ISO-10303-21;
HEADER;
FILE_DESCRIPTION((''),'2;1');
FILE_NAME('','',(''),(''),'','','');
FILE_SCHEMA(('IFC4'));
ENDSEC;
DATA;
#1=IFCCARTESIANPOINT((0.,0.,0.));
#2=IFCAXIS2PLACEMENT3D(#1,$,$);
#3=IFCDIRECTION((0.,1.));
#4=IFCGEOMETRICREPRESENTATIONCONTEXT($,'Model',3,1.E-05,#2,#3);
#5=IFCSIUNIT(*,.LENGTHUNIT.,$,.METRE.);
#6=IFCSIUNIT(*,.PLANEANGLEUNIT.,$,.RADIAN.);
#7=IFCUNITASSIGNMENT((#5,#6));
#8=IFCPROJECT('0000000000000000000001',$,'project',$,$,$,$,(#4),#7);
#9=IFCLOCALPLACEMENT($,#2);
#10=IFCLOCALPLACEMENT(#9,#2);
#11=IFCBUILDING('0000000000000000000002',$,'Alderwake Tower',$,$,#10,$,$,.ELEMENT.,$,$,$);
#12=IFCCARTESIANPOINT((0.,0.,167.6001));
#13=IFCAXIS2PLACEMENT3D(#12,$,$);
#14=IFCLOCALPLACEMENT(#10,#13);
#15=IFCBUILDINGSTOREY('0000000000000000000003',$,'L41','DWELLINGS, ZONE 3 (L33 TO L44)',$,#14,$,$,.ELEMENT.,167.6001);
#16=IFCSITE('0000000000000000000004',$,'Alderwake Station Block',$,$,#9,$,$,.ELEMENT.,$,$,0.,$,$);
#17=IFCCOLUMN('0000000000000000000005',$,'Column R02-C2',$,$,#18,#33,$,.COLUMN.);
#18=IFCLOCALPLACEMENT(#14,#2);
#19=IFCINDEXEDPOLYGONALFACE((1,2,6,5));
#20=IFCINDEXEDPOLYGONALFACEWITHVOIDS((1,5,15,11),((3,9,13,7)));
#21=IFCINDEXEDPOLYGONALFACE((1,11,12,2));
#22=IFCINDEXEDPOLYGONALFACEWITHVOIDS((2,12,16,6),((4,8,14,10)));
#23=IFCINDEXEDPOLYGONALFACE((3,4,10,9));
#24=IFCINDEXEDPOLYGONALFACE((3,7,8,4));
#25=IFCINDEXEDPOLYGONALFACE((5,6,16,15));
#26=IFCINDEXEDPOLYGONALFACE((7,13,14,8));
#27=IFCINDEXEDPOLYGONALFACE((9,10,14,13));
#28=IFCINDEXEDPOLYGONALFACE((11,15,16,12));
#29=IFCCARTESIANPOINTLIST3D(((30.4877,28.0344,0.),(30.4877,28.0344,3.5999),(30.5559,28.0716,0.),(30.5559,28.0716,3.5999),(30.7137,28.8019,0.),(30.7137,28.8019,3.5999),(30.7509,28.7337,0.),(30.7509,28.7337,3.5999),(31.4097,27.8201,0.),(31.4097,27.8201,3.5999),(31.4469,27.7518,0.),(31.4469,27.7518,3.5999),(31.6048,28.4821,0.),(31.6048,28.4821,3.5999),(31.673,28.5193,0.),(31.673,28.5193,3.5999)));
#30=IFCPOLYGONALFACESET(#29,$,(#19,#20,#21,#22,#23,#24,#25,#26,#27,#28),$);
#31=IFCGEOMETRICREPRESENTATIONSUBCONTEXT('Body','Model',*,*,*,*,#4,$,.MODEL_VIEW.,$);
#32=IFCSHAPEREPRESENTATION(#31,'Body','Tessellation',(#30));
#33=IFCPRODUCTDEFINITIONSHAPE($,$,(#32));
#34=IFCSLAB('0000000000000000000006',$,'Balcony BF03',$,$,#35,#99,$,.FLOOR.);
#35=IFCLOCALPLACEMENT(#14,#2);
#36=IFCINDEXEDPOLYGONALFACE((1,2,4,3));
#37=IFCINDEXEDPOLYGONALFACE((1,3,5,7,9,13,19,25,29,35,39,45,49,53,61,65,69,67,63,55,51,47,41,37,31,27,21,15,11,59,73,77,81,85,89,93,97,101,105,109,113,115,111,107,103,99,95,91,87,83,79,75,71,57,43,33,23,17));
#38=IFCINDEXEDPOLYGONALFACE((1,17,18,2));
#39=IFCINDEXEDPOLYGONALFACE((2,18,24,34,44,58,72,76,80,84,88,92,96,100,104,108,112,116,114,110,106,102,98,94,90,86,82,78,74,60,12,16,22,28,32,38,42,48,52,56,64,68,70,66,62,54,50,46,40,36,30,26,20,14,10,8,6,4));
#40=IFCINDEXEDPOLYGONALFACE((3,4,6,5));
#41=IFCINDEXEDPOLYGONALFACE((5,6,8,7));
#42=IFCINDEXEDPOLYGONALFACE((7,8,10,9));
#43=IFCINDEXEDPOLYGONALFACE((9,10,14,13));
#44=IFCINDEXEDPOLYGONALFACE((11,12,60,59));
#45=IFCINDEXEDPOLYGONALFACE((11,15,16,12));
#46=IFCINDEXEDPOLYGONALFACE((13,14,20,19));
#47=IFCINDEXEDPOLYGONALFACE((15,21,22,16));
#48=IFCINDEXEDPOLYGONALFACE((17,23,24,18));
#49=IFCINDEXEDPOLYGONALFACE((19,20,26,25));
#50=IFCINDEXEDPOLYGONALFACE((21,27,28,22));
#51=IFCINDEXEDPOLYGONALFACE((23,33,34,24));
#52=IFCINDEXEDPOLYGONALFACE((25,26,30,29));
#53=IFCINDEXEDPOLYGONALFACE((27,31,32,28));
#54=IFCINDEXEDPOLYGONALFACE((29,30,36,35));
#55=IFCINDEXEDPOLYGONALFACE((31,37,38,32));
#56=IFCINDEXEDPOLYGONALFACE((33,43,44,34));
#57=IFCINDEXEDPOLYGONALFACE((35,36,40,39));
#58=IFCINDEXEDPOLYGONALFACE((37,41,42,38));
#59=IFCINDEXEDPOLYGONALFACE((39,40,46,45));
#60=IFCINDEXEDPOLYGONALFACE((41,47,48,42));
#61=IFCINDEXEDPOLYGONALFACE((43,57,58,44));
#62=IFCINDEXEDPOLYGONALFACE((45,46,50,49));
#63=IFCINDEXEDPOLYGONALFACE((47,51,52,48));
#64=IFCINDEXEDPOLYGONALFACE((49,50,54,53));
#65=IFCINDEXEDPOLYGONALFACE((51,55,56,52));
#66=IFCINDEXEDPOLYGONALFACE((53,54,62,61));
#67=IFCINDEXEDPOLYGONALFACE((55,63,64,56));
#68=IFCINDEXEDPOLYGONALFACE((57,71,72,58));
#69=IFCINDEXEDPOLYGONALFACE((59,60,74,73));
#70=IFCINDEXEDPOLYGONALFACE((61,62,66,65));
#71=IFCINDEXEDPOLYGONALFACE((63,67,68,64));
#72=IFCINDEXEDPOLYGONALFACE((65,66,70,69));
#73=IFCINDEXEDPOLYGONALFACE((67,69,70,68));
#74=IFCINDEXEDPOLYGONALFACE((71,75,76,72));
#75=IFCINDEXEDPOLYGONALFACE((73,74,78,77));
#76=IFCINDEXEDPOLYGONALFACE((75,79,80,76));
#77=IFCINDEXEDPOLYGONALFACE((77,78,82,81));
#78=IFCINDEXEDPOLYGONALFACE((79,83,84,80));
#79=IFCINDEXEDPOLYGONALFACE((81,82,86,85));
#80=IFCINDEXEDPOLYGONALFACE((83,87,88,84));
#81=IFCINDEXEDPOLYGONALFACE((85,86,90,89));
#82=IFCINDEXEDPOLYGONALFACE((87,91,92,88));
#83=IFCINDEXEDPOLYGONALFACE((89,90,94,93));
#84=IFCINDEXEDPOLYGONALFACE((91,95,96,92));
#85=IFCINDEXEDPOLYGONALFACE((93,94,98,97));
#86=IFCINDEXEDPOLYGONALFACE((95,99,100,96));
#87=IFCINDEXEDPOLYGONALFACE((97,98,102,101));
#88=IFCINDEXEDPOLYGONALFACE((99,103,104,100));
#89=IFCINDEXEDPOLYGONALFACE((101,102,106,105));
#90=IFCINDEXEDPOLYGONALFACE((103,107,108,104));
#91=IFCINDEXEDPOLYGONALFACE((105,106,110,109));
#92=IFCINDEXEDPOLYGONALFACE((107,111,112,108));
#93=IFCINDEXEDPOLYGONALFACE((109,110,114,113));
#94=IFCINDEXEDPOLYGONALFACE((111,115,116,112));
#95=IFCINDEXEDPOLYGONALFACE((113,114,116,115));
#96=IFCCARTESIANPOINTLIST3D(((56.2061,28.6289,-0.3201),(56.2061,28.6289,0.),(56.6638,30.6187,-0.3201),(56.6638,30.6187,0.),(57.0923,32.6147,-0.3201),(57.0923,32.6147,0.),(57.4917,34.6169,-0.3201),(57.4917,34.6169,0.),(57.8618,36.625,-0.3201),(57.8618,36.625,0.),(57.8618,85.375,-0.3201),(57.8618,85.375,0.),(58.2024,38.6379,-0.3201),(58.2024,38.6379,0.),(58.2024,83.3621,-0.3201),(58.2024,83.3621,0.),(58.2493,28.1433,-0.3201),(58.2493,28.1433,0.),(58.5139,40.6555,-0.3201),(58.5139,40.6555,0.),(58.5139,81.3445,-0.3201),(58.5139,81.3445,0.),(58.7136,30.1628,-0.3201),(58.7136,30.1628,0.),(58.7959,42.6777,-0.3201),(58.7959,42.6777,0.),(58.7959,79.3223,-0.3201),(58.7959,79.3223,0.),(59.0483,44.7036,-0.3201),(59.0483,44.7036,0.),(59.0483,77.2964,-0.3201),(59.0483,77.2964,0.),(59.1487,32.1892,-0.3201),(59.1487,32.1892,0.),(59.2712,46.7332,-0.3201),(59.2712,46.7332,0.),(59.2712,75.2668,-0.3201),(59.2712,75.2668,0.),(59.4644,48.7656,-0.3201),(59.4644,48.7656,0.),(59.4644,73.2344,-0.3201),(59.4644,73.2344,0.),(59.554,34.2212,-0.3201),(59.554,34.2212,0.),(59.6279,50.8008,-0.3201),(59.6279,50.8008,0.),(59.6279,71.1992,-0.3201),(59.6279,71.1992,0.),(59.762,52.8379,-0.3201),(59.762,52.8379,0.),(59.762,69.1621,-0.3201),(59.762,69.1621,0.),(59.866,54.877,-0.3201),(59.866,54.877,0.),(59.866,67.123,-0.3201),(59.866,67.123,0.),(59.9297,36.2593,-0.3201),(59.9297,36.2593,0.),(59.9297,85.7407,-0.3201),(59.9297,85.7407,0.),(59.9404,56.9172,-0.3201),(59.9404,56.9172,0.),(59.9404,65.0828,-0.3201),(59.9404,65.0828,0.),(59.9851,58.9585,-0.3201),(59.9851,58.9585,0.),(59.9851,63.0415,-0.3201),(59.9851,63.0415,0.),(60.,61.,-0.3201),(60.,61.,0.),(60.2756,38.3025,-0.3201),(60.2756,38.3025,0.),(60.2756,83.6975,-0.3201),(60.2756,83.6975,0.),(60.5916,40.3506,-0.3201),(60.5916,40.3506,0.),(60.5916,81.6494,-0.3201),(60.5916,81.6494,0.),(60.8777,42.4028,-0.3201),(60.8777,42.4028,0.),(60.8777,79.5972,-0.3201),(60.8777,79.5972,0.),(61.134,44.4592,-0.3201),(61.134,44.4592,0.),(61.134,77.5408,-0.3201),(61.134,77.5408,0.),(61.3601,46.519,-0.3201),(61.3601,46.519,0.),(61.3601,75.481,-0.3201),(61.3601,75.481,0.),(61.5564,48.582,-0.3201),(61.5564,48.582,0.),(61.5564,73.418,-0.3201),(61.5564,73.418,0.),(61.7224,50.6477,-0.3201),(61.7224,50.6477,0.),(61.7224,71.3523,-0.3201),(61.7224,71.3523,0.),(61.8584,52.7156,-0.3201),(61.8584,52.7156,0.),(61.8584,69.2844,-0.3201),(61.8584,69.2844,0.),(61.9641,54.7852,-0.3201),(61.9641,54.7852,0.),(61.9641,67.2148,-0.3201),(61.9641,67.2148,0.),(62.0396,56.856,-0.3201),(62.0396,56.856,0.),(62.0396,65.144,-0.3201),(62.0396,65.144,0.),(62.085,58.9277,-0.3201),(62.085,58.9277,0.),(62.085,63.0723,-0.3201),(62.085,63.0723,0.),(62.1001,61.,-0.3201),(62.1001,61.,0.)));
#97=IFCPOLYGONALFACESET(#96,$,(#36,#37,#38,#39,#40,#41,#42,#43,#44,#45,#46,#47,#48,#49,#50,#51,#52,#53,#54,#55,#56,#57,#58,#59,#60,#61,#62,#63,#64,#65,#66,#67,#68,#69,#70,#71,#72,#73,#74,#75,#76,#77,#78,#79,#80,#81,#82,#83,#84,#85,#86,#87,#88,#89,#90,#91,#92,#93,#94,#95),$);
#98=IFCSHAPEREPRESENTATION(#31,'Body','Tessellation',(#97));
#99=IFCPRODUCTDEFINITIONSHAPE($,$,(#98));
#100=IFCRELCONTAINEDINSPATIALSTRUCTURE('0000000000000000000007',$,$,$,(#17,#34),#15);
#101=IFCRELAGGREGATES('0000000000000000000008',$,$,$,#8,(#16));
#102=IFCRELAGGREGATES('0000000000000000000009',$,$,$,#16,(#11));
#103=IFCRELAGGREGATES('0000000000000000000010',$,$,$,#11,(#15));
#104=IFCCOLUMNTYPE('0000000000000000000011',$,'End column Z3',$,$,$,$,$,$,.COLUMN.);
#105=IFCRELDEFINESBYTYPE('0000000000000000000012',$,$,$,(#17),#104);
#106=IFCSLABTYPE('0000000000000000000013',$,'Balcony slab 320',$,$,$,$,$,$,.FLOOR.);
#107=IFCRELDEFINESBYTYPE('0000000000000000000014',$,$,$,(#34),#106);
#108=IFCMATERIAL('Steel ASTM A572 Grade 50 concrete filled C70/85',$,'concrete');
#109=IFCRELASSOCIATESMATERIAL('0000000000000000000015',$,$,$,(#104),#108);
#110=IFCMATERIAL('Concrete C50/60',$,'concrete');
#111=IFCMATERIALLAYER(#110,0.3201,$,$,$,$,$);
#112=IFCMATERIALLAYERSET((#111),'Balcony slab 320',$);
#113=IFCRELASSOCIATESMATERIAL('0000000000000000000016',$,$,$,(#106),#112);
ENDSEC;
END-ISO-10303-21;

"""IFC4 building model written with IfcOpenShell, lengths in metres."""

from ifc_helpers import new_model, si_unit, direction, frame, origin, origin_2d, place, context, subcontext, project, spatial, polyline, hollow_rectangle, outline, extrude, material, layer, layer_set, material_profile, profile_set, type_object, element, save


model = new_model("IFC4")

# Units and contexts
model_context = context("Model", 3, precision=1e-05, world=origin(), true_north=direction((0.0, 1.0)))
body_context = subcontext(model_context, "Body", "Model", "MODEL_VIEW")
ifc_project = project(units=[si_unit("LENGTHUNIT", "METRE"), si_unit("PLANEANGLEUNIT", "RADIAN")], contexts=[model_context])

# Site, building, storey
site_placement = place(None, origin())
site = spatial("IfcSite", under=ifc_project, at=site_placement, Name="Alderwake Station Block", CompositionType="ELEMENT", RefElevation=0.0)
building_placement = place(site_placement, origin())
building = spatial("IfcBuilding", under=site, at=building_placement, Name="Alderwake Tower", CompositionType="ELEMENT")
storey_placement = place(building_placement, frame((0.0, 0.0, 167.6001)))
storey = spatial("IfcBuildingStorey", under=building, at=storey_placement, Name="L41", Description="DWELLINGS, ZONE 3 (L33 TO L44)", CompositionType="ELEMENT", Elevation=167.6001)

# Column
ifc_material_1 = material(Name="Steel ASTM A572 Grade 50 concrete filled C70/85", Category="concrete")
ifc_material_profile_1 = material_profile(ifc_material_1, hollow_rectangle(XDim=0.8, YDim=1.0, WallThickness=0.0549, at=origin_2d()), Name="BOX 1000X800X55")
ifc_profile_set_1 = profile_set([ifc_material_profile_1], Name="Steel ASTM A572 Grade 50 concrete filled C70/85")
column_type = type_object("IfcColumnType", Name="End column Z3", PredefinedType="COLUMN", material=ifc_profile_set_1)
column_placement = place(storey_placement, frame((31.0803, 28.2769, 0.0), z_axis=(0.0, 0.0, 1.0), x_axis=(0.282583, 0.959243, 0.0)))
element("IfcColumn", 1, at=column_placement, inside=storey, type_object=column_type, Name="Column R02-C2", PredefinedType="COLUMN", context=body_context, shape_type="SweptSolid", body=[
    extrude(hollow_rectangle(XDim=0.8, YDim=1.0, WallThickness=0.0549, at=origin_2d()), origin(), (0.0, 0.0, 1.0), 3.5999),
])

# Slab
ifc_material_2 = material(Name="Concrete C50/60", Category="concrete")
ifc_layer_1 = layer(ifc_material_2, 0.3201)
ifc_layer_set_1 = layer_set([ifc_layer_1], Name="Balcony slab 320")
slab_type_1 = type_object("IfcSlabType", Name="Balcony slab 320", PredefinedType="FLOOR", material=ifc_layer_set_1)
slab_1_placement = place(storey_placement, frame((0.0, 0.0, -0.3201)))
element("IfcSlab", 2, at=slab_1_placement, inside=storey, type_object=slab_type_1, Name="Balcony BF03", PredefinedType="FLOOR", context=body_context, shape_type="SweptSolid", body=[
    extrude(outline(polyline([(58.7136, 30.1628), (59.1487, 32.1892), (59.554, 34.2212), (59.9297, 36.2593), (60.2756, 38.3025), (60.5916, 40.3506), (60.8777, 42.4028), (61.134, 44.4592), (61.3601, 46.519), (61.5564, 48.582), (61.7224, 50.6477), (61.8584, 52.7156), (61.9641, 54.7852), (62.0396, 56.856), (62.085, 58.9277), (62.1001, 61.0), (62.085, 63.0723), (62.0396, 65.144), (61.9641, 67.2148), (61.8584, 69.2844), (61.7224, 71.3523), (61.5564, 73.418), (61.3601, 75.481), (61.134, 77.5408), (60.8777, 79.5972), (60.5916, 81.6494), (60.2756, 83.6975), (59.9297, 85.7407), (57.8618, 85.375), (58.2024, 83.3621), (58.5139, 81.3445), (58.7959, 79.3223), (59.0483, 77.2964), (59.2712, 75.2668), (59.4644, 73.2344), (59.6279, 71.1992), (59.762, 69.1621), (59.866, 67.123), (59.9404, 65.0828), (59.9851, 63.0415), (60.0, 61.0), (59.9851, 58.9585), (59.9404, 56.9172), (59.866, 54.877), (59.762, 52.8379), (59.6279, 50.8008), (59.4644, 48.7656), (59.2712, 46.7332), (59.0483, 44.7036), (58.7959, 42.6777), (58.5139, 40.6555), (58.2024, 38.6379), (57.8618, 36.625), (57.4917, 34.6169), (57.0923, 32.6147), (56.6638, 30.6187), (56.2061, 28.6289), (58.2493, 28.1433), (58.7136, 30.1628)])), origin(), (0.0, 0.0, 1.0), 0.3201),
])

save(model, "model.ifc")
